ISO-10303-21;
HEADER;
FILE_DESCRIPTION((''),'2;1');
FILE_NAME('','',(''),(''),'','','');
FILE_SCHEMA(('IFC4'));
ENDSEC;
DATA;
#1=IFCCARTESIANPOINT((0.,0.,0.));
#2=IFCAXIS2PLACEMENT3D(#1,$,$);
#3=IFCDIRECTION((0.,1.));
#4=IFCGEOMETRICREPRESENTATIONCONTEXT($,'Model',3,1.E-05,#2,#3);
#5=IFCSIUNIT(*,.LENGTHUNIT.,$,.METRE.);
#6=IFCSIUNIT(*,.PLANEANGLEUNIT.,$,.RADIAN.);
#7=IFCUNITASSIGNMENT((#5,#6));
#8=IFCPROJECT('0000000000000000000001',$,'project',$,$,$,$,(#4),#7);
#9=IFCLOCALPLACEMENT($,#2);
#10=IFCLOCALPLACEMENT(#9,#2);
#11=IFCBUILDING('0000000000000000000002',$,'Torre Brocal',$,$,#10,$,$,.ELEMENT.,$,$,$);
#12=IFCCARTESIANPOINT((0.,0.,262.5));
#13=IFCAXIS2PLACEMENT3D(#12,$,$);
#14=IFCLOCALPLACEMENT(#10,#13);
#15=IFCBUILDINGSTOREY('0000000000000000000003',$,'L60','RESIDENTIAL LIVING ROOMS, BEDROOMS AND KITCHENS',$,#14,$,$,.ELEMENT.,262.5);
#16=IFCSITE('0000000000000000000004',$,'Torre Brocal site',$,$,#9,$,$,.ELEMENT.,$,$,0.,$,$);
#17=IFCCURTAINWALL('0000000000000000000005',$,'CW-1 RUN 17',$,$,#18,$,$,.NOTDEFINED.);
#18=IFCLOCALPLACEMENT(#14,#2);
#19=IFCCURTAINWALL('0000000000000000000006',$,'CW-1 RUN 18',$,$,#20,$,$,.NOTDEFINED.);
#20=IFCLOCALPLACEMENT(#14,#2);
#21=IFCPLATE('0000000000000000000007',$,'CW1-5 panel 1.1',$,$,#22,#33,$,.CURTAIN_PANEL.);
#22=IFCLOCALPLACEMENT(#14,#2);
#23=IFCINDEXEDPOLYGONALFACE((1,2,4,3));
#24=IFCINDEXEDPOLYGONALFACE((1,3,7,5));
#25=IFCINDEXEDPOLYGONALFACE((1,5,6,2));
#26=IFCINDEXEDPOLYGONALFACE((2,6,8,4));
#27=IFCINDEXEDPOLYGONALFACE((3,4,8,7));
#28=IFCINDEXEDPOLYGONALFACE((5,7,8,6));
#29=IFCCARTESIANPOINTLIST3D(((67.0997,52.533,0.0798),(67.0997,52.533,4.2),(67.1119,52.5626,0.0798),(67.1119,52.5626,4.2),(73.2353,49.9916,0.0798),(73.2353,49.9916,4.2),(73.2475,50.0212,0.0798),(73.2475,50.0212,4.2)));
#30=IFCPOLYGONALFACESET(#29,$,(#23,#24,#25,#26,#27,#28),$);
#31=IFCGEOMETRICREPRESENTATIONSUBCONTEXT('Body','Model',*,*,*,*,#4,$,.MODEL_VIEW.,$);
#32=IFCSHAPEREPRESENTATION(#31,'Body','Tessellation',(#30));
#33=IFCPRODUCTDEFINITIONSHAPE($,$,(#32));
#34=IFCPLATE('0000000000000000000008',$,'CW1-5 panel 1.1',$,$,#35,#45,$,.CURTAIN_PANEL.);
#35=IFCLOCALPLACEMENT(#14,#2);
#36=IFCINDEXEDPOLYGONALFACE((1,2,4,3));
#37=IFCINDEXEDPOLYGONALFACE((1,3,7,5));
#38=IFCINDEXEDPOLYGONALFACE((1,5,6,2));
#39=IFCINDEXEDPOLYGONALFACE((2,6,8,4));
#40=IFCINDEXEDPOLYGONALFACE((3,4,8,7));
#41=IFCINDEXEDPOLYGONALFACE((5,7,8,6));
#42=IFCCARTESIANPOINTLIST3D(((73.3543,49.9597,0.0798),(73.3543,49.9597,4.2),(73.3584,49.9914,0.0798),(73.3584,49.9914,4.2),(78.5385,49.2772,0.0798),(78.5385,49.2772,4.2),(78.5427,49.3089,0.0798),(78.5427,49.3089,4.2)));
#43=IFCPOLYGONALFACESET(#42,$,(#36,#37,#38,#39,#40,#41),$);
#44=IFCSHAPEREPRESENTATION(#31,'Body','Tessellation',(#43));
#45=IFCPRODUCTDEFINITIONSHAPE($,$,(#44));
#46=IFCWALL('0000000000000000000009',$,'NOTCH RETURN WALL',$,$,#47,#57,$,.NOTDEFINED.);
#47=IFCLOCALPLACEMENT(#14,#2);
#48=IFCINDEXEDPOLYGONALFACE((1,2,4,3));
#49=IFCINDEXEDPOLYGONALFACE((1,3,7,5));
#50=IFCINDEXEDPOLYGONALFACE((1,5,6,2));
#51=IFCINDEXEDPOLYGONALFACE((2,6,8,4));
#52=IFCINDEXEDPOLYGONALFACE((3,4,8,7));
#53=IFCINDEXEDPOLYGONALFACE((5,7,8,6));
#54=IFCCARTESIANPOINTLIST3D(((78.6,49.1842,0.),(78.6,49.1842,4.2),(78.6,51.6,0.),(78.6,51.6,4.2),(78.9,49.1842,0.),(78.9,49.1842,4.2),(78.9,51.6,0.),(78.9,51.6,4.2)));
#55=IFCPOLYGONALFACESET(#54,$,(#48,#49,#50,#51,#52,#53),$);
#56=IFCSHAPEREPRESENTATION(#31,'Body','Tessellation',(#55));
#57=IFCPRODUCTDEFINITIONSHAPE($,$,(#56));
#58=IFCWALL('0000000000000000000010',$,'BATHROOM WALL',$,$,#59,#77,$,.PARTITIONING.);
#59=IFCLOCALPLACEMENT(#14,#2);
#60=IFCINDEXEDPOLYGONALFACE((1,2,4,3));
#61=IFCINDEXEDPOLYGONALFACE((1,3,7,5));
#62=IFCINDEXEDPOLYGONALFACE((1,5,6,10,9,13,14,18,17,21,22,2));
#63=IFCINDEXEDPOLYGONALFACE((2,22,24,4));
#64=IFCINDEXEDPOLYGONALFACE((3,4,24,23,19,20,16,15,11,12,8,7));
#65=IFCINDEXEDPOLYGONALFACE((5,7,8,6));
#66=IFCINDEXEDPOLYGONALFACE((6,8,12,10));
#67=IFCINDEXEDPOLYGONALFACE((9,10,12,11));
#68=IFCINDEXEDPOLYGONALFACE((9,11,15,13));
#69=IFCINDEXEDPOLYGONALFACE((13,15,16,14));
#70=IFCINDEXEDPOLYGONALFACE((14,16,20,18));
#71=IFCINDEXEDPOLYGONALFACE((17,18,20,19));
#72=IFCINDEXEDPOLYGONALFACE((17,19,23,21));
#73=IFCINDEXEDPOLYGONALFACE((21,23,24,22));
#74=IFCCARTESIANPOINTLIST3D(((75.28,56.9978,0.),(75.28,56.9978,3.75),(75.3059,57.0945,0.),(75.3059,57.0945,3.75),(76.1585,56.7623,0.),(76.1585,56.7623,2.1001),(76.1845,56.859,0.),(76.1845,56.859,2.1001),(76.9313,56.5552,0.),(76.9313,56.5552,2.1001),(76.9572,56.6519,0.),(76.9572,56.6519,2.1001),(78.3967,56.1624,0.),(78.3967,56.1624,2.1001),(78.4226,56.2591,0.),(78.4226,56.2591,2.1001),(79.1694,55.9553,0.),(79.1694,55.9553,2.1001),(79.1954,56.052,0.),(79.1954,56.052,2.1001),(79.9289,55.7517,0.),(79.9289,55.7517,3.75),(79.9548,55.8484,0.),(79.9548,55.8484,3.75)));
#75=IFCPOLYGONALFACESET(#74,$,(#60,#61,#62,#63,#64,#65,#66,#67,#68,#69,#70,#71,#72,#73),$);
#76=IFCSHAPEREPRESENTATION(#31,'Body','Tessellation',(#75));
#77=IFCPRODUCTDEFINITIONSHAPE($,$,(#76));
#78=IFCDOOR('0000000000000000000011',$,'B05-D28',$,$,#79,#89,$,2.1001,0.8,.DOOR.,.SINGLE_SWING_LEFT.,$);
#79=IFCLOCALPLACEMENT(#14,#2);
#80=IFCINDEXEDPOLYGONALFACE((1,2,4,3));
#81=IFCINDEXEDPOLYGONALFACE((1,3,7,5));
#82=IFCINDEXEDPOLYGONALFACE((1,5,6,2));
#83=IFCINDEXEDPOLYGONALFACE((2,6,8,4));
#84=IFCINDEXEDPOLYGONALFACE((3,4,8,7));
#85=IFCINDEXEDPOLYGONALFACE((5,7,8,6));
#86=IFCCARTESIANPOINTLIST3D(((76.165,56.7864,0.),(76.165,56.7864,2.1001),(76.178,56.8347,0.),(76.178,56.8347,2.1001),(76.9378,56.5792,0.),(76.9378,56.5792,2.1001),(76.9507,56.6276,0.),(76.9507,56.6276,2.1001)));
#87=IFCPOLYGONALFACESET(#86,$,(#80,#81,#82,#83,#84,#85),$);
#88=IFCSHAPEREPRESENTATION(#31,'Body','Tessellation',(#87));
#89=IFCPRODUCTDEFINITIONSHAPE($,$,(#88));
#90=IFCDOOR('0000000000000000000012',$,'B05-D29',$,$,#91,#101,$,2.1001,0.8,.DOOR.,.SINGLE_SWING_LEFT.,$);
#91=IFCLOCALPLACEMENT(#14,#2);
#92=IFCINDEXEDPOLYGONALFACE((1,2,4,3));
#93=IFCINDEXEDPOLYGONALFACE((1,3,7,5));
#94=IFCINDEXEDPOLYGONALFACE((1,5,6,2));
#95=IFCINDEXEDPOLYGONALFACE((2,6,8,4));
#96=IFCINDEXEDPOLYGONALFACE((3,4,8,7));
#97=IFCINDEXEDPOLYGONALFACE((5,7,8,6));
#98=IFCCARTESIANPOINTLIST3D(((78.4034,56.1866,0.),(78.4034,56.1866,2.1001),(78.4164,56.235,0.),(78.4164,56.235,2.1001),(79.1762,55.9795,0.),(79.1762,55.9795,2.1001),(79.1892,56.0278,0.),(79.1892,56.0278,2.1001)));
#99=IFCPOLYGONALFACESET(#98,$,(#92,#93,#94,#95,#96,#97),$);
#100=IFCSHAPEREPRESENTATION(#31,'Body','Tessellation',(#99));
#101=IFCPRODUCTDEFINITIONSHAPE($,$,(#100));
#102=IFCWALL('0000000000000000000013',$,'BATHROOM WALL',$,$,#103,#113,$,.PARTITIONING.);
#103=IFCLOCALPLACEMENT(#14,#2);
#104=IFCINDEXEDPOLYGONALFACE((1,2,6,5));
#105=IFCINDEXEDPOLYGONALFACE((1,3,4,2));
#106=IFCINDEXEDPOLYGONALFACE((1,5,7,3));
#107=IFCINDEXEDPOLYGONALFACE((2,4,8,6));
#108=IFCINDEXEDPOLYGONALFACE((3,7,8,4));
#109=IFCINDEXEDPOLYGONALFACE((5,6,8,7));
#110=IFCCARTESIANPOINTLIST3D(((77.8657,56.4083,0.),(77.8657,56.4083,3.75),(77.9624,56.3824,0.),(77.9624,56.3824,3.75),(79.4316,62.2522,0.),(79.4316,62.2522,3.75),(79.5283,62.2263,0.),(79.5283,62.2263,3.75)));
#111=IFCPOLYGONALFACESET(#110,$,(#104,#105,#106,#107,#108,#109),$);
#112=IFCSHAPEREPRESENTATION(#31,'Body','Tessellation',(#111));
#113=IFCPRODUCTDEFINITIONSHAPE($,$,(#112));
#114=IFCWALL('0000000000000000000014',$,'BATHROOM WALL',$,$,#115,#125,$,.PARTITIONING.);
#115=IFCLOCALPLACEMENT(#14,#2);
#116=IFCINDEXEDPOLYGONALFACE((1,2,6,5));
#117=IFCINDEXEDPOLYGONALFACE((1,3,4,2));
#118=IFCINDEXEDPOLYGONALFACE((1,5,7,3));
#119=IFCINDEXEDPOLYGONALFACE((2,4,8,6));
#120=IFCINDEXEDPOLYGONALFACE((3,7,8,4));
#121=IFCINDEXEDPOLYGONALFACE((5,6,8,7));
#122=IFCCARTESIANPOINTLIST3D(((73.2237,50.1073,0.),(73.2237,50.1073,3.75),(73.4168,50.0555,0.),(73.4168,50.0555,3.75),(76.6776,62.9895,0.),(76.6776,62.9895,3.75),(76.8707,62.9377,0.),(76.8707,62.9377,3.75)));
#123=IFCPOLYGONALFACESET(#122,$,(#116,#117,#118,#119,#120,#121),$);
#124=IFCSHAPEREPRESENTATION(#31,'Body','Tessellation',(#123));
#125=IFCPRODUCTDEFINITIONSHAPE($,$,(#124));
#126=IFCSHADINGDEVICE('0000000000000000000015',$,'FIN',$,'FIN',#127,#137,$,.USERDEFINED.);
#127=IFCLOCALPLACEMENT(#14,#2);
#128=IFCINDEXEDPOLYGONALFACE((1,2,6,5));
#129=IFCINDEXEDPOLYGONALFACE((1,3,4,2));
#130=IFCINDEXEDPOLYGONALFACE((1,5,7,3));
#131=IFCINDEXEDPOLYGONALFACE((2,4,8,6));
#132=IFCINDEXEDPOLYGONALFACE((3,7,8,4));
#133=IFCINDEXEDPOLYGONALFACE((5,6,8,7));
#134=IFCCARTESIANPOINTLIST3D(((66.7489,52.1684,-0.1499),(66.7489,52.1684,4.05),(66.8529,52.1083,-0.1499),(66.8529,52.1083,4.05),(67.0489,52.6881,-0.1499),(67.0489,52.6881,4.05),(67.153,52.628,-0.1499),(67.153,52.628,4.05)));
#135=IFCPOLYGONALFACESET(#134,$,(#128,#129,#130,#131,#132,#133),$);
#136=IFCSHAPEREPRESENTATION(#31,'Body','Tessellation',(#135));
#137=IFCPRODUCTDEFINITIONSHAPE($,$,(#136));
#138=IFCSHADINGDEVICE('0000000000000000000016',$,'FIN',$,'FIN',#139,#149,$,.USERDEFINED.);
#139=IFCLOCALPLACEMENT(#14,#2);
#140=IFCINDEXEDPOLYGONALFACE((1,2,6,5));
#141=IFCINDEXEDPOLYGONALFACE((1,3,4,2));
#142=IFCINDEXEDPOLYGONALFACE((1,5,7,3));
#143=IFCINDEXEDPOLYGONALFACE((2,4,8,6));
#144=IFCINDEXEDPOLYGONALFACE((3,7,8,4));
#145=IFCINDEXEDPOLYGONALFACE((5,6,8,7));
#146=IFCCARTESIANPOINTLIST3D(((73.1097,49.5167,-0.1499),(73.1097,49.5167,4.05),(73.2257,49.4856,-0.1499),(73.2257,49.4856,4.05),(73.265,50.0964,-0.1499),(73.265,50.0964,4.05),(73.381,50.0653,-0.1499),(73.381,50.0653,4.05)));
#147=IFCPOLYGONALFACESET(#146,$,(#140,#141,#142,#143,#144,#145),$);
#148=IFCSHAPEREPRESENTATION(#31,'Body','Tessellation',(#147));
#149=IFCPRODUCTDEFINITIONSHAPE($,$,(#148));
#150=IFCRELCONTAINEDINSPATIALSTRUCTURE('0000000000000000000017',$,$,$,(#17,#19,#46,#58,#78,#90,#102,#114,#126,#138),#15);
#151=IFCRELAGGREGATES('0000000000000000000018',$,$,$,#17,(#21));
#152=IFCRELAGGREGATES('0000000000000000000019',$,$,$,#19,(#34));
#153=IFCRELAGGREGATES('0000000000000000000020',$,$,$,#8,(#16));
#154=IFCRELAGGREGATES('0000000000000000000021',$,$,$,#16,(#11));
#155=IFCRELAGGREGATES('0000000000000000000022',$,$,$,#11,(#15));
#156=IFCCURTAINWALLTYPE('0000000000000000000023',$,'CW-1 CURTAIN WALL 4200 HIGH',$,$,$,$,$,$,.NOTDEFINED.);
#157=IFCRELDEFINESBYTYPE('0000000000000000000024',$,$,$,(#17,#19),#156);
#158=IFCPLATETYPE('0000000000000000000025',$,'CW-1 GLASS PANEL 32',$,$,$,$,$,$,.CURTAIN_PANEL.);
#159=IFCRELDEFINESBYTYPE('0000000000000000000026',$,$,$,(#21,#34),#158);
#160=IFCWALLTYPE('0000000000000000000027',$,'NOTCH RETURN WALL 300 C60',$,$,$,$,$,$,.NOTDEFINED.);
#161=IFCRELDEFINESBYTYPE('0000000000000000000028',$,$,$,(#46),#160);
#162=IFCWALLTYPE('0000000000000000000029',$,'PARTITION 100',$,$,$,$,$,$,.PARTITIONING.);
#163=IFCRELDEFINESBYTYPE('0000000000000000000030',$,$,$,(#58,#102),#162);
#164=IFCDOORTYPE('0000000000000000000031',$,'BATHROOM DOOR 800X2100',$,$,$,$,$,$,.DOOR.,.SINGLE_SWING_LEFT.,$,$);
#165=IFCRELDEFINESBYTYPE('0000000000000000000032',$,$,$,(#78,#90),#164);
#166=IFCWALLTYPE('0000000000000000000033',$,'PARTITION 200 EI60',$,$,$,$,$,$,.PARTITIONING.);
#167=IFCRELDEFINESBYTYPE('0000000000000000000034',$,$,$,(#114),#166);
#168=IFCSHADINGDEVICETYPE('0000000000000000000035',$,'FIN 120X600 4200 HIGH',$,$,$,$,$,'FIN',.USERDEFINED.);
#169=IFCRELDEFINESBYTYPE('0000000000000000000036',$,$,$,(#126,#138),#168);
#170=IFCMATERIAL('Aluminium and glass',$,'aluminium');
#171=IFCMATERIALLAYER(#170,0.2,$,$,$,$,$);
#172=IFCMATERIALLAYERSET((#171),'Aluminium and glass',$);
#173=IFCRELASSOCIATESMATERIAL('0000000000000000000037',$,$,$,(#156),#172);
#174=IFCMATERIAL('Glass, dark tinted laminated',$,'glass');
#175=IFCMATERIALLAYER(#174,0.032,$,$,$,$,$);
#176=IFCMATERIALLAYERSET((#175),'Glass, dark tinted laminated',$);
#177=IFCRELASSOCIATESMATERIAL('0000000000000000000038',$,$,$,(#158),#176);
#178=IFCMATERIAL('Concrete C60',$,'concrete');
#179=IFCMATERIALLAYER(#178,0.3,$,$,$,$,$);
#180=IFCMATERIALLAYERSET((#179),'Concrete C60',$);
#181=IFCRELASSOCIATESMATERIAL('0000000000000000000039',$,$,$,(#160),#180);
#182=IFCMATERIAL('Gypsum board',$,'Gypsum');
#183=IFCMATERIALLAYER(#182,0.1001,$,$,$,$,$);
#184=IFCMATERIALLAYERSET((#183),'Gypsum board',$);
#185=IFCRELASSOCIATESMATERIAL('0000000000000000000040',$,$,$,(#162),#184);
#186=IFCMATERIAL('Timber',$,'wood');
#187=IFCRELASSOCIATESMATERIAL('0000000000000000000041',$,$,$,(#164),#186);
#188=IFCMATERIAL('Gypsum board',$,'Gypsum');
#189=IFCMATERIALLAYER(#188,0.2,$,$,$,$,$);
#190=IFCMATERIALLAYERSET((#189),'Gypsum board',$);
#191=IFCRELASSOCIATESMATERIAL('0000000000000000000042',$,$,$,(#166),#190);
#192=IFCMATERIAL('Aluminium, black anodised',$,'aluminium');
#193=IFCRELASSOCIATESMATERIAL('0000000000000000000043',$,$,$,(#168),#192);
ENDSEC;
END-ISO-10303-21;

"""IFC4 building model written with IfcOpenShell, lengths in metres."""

from ifc_helpers import new_model, si_unit, direction, frame, frame_2d, origin, origin_2d, place, context, subcontext, project, spatial, rectangle, extrude, material, layer, layer_set, material_profile, profile_set, type_object, element, fill, aggregate, save


model = new_model("IFC4")

# Units and contexts
model_context = context("Model", 3, precision=1e-05, world=origin(), true_north=direction((0.0, 1.0)))
body_context = subcontext(model_context, "Body", "Model", "MODEL_VIEW")
ifc_project = project(units=[si_unit("LENGTHUNIT", "METRE"), si_unit("PLANEANGLEUNIT", "RADIAN")], contexts=[model_context])

# Site, building, storey
site_placement = place(None, origin())
site = spatial("IfcSite", under=ifc_project, at=site_placement, Name="Torre Brocal site", CompositionType="ELEMENT", RefElevation=0.0)
building_placement = place(site_placement, origin())
building = spatial("IfcBuilding", under=site, at=building_placement, Name="Torre Brocal", CompositionType="ELEMENT")
storey_placement = place(building_placement, frame((0.0, 0.0, 262.5)))
storey = spatial("IfcBuildingStorey", under=building, at=storey_placement, Name="L60", Description="RESIDENTIAL LIVING ROOMS, BEDROOMS AND KITCHENS", CompositionType="ELEMENT", Elevation=262.5)

# Shared definitions
ifc_material_1 = material(Name="Aluminium and glass", Category="aluminium")
ifc_layer_1 = layer(ifc_material_1, 0.2)
ifc_layer_set_1 = layer_set([ifc_layer_1], Name="Aluminium and glass")
curtain_wall_type = type_object("IfcCurtainWallType", Name="CW-1 CURTAIN WALL 4200 HIGH", PredefinedType="NOTDEFINED", material=ifc_layer_set_1)

# Curtain walls
curtain_wall_1_placement = place(storey_placement, origin())
curtain_wall_1 = element("IfcCurtainWall", 1, at=curtain_wall_1_placement, inside=storey, type_object=curtain_wall_type, Name="CW-1 RUN 17", PredefinedType="NOTDEFINED")
curtain_wall_2_placement = place(storey_placement, origin())
curtain_wall_2 = element("IfcCurtainWall", 2, at=curtain_wall_2_placement, inside=storey, type_object=curtain_wall_type, Name="CW-1 RUN 18", PredefinedType="NOTDEFINED")

# Plates
ifc_material_2 = material(Name="Glass, dark tinted laminated", Category="glass")
ifc_layer_2 = layer(ifc_material_2, 0.032)
ifc_layer_set_2 = layer_set([ifc_layer_2], Name="Glass, dark tinted laminated")
plate_type = type_object("IfcPlateType", Name="CW-1 GLASS PANEL 32", PredefinedType="CURTAIN_PANEL", material=ifc_layer_set_2)
plate_1_placement = place(storey_placement, frame((70.1736, 51.2771, 0.0798), z_axis=(0.0, 0.0, 1.0), x_axis=(0.92388, -0.382683, 0.0)))
plate_1 = element("IfcPlate", 3, at=plate_1_placement, type_object=plate_type, Name="CW1-5 panel 1.1", PredefinedType="CURTAIN_PANEL", context=body_context, shape_type="SweptSolid", body=[
    extrude(rectangle(XDim=6.6411, YDim=0.032, at=origin_2d()), origin(), (0.0, 0.0, 1.0), 4.1201),
])
aggregate(curtain_wall_1, [plate_1])
plate_2_placement = place(storey_placement, frame((75.9485, 49.6343, 0.0798), z_axis=(0.0, 0.0, 1.0), x_axis=(0.991445, -0.130526, 0.0)))
plate_2 = element("IfcPlate", 4, at=plate_2_placement, type_object=plate_type, Name="CW1-5 panel 1.1", PredefinedType="CURTAIN_PANEL", context=body_context, shape_type="SweptSolid", body=[
    extrude(rectangle(XDim=5.229, YDim=0.032, at=origin_2d()), origin(), (0.0, 0.0, 1.0), 4.1201),
])
aggregate(curtain_wall_2, [plate_2])

# Wall
ifc_material_3 = material(Name="Concrete C60", Category="concrete")
ifc_layer_3 = layer(ifc_material_3, 0.3)
ifc_layer_set_3 = layer_set([ifc_layer_3], Name="Concrete C60")
wall_type_1 = type_object("IfcWallType", Name="NOTCH RETURN WALL 300 C60", PredefinedType="NOTDEFINED", material=ifc_layer_set_3)
wall_1_placement = place(storey_placement, frame((78.75, 51.6001, 0.0), z_axis=(0.0, 0.0, 1.0), x_axis=(0.0, -1.0, 0.0)))
element("IfcWall", 5, at=wall_1_placement, inside=storey, type_object=wall_type_1, Name="NOTCH RETURN WALL", PredefinedType="NOTDEFINED", context=body_context, shape_type="SweptSolid", body=[
    extrude(rectangle(XDim=2.4158, YDim=0.3, at=frame_2d((1.208, 0.0))), origin(), (0.0, 0.0, 1.0), 4.2),
])

# Wall, openings, doors
ifc_material_4 = material(Name="Gypsum board", Category="Gypsum")
ifc_layer_4 = layer(ifc_material_4, 0.1001)
ifc_layer_set_4 = layer_set([ifc_layer_4], Name="Gypsum board")
wall_type_2 = type_object("IfcWallType", Name="PARTITION 100", PredefinedType="PARTITIONING", material=ifc_layer_set_4)
wall_2_placement = place(storey_placement, frame((75.293, 57.0461, 0.0), z_axis=(0.0, 0.0, 1.0), x_axis=(0.965904, -0.2589, 0.0)))
wall_2 = element("IfcWall", 6, at=wall_2_placement, inside=storey, type_object=wall_type_2, Name="BATHROOM WALL", PredefinedType="PARTITIONING", context=body_context, shape_type="SweptSolid", body=[
    extrude(rectangle(XDim=4.813, YDim=0.1001, at=frame_2d((2.4065, 0.0))), origin(), (0.0, 0.0, 1.0), 3.75),
])
opening_1_placement = place(wall_2_placement, frame((0.9097, 0.0, 0.0)))
opening_1 = element("IfcOpeningElement", 7, at=opening_1_placement, cuts=wall_2, PredefinedType="OPENING", context=body_context, shape_type="SweptSolid", body=[
    extrude(rectangle(XDim=0.8, YDim=2.1001, at=frame_2d((0.3999, 1.05))), frame((0.0, 0.0601, 0.0), z_axis=(0.0, -1.0, 0.0), x_axis=(1.0, 0.0, 0.0)), (0.0, 0.0, 1.0), 0.1201),
])
opening_2_placement = place(wall_2_placement, frame((3.2268, 0.0, 0.0)))
opening_2 = element("IfcOpeningElement", 8, at=opening_2_placement, cuts=wall_2, PredefinedType="OPENING", context=body_context, shape_type="SweptSolid", body=[
    extrude(rectangle(XDim=0.8, YDim=2.1001, at=frame_2d((0.3999, 1.05))), frame((0.0, 0.0601, 0.0), z_axis=(0.0, -1.0, 0.0), x_axis=(1.0, 0.0, 0.0)), (0.0, 0.0, 1.0), 0.1201),
])
ifc_material_5 = material(Name="Timber", Category="wood")
door_type = type_object("IfcDoorType", Name="BATHROOM DOOR 800X2100", OperationType="SINGLE_SWING_LEFT", PredefinedType="DOOR", material=ifc_material_5)
door_1_placement = place(opening_1_placement, origin())
door_1 = element("IfcDoor", 9, at=door_1_placement, inside=storey, type_object=door_type, Name="B05-D28", OperationType="SINGLE_SWING_LEFT", OverallHeight=2.1001, OverallWidth=0.8, PredefinedType="DOOR", context=body_context, shape_type="SweptSolid", body=[
    extrude(rectangle(XDim=0.8, YDim=2.1001, at=frame_2d((0.3999, 1.05))), frame((0.0, 0.0249, 0.0), z_axis=(0.0, -1.0, 0.0), x_axis=(1.0, 0.0, 0.0)), (0.0, 0.0, 1.0), 0.05),
])
fill(opening_1, door_1)
door_2_placement = place(opening_2_placement, frame((0.8, 0.0, 0.0), z_axis=(0.0, 0.0, 1.0), x_axis=(-1.0, 0.0, 0.0)))
door_2 = element("IfcDoor", 10, at=door_2_placement, inside=storey, type_object=door_type, Name="B05-D29", OperationType="SINGLE_SWING_LEFT", OverallHeight=2.1001, OverallWidth=0.8, PredefinedType="DOOR", context=body_context, shape_type="SweptSolid", body=[
    extrude(rectangle(XDim=0.8, YDim=2.1001, at=frame_2d((0.3999, 1.05))), frame((0.0, 0.0249, 0.0), z_axis=(0.0, -1.0, 0.0), x_axis=(1.0, 0.0, 0.0)), (0.0, 0.0, 1.0), 0.05),
])
fill(opening_2, door_2)

# Walls
wall_3_placement = place(storey_placement, frame((77.9141, 56.3955, 0.0), z_axis=(0.0, 0.0, 1.0), x_axis=(0.258823, 0.965925, 0.0)))
element("IfcWall", 11, at=wall_3_placement, inside=storey, type_object=wall_type_2, Name="BATHROOM WALL", PredefinedType="PARTITIONING", context=body_context, shape_type="SweptSolid", body=[
    extrude(rectangle(XDim=6.05, YDim=0.1001, at=frame_2d((3.0249, 0.0))), origin(), (0.0, 0.0, 1.0), 3.75),
])
ifc_material_6 = material(Name="Gypsum board", Category="Gypsum")
ifc_layer_5 = layer(ifc_material_6, 0.2)
ifc_layer_set_5 = layer_set([ifc_layer_5], Name="Gypsum board")
wall_type_3 = type_object("IfcWallType", Name="PARTITION 200 EI60", PredefinedType="PARTITIONING", material=ifc_layer_set_5)
wall_4_placement = place(storey_placement, frame((73.3203, 50.0815, 0.0), z_axis=(0.0, 0.0, 1.0), x_axis=(0.258967, 0.965886, 0.0)))
element("IfcWall", 12, at=wall_4_placement, inside=storey, type_object=wall_type_3, Name="BATHROOM WALL", PredefinedType="PARTITIONING", context=body_context, shape_type="SweptSolid", body=[
    extrude(rectangle(XDim=13.3372, YDim=0.2, at=frame_2d((6.6685, 0.0))), origin(), (0.0, 0.0, 1.0), 3.75),
])

# Shading devices
ifc_material_7 = material(Name="Aluminium, black anodised", Category="aluminium")
ifc_material_profile_1 = material_profile(ifc_material_7, rectangle(XDim=0.1201, YDim=0.6001, at=origin_2d()), Name="FIN 120X600 4200 HIGH")
ifc_profile_set_1 = profile_set([ifc_material_profile_1], Name="Aluminium, black anodised")
shading_device_type = type_object("IfcShadingDeviceType", Name="FIN 120X600 4200 HIGH", ElementType="FIN", PredefinedType="USERDEFINED", material=ifc_profile_set_1)
for number, where, z_axis, x_axis, name in (
    (13, (66.9509, 52.3982, -0.1499), (0.0, 0.0, 1.0), (0.866025, -0.5, 0.0), "FIN"),
    (14, (73.2454, 49.791, -0.1499), (0.0, 0.0, 1.0), (0.965926, -0.258819, 0.0), "FIN"),
):
    element("IfcShadingDevice", number, at=place(storey_placement, frame(where, z_axis=z_axis, x_axis=x_axis)), inside=storey, type_object=shading_device_type, Name=name, ObjectType="FIN", PredefinedType="USERDEFINED", context=body_context, shape_type="SweptSolid", body=[
        extrude(rectangle(XDim=0.1201, YDim=0.6001, at=origin_2d()), origin(), (0.0, 0.0, 1.0), 4.2),
    ])

save(model, "model.ifc")
